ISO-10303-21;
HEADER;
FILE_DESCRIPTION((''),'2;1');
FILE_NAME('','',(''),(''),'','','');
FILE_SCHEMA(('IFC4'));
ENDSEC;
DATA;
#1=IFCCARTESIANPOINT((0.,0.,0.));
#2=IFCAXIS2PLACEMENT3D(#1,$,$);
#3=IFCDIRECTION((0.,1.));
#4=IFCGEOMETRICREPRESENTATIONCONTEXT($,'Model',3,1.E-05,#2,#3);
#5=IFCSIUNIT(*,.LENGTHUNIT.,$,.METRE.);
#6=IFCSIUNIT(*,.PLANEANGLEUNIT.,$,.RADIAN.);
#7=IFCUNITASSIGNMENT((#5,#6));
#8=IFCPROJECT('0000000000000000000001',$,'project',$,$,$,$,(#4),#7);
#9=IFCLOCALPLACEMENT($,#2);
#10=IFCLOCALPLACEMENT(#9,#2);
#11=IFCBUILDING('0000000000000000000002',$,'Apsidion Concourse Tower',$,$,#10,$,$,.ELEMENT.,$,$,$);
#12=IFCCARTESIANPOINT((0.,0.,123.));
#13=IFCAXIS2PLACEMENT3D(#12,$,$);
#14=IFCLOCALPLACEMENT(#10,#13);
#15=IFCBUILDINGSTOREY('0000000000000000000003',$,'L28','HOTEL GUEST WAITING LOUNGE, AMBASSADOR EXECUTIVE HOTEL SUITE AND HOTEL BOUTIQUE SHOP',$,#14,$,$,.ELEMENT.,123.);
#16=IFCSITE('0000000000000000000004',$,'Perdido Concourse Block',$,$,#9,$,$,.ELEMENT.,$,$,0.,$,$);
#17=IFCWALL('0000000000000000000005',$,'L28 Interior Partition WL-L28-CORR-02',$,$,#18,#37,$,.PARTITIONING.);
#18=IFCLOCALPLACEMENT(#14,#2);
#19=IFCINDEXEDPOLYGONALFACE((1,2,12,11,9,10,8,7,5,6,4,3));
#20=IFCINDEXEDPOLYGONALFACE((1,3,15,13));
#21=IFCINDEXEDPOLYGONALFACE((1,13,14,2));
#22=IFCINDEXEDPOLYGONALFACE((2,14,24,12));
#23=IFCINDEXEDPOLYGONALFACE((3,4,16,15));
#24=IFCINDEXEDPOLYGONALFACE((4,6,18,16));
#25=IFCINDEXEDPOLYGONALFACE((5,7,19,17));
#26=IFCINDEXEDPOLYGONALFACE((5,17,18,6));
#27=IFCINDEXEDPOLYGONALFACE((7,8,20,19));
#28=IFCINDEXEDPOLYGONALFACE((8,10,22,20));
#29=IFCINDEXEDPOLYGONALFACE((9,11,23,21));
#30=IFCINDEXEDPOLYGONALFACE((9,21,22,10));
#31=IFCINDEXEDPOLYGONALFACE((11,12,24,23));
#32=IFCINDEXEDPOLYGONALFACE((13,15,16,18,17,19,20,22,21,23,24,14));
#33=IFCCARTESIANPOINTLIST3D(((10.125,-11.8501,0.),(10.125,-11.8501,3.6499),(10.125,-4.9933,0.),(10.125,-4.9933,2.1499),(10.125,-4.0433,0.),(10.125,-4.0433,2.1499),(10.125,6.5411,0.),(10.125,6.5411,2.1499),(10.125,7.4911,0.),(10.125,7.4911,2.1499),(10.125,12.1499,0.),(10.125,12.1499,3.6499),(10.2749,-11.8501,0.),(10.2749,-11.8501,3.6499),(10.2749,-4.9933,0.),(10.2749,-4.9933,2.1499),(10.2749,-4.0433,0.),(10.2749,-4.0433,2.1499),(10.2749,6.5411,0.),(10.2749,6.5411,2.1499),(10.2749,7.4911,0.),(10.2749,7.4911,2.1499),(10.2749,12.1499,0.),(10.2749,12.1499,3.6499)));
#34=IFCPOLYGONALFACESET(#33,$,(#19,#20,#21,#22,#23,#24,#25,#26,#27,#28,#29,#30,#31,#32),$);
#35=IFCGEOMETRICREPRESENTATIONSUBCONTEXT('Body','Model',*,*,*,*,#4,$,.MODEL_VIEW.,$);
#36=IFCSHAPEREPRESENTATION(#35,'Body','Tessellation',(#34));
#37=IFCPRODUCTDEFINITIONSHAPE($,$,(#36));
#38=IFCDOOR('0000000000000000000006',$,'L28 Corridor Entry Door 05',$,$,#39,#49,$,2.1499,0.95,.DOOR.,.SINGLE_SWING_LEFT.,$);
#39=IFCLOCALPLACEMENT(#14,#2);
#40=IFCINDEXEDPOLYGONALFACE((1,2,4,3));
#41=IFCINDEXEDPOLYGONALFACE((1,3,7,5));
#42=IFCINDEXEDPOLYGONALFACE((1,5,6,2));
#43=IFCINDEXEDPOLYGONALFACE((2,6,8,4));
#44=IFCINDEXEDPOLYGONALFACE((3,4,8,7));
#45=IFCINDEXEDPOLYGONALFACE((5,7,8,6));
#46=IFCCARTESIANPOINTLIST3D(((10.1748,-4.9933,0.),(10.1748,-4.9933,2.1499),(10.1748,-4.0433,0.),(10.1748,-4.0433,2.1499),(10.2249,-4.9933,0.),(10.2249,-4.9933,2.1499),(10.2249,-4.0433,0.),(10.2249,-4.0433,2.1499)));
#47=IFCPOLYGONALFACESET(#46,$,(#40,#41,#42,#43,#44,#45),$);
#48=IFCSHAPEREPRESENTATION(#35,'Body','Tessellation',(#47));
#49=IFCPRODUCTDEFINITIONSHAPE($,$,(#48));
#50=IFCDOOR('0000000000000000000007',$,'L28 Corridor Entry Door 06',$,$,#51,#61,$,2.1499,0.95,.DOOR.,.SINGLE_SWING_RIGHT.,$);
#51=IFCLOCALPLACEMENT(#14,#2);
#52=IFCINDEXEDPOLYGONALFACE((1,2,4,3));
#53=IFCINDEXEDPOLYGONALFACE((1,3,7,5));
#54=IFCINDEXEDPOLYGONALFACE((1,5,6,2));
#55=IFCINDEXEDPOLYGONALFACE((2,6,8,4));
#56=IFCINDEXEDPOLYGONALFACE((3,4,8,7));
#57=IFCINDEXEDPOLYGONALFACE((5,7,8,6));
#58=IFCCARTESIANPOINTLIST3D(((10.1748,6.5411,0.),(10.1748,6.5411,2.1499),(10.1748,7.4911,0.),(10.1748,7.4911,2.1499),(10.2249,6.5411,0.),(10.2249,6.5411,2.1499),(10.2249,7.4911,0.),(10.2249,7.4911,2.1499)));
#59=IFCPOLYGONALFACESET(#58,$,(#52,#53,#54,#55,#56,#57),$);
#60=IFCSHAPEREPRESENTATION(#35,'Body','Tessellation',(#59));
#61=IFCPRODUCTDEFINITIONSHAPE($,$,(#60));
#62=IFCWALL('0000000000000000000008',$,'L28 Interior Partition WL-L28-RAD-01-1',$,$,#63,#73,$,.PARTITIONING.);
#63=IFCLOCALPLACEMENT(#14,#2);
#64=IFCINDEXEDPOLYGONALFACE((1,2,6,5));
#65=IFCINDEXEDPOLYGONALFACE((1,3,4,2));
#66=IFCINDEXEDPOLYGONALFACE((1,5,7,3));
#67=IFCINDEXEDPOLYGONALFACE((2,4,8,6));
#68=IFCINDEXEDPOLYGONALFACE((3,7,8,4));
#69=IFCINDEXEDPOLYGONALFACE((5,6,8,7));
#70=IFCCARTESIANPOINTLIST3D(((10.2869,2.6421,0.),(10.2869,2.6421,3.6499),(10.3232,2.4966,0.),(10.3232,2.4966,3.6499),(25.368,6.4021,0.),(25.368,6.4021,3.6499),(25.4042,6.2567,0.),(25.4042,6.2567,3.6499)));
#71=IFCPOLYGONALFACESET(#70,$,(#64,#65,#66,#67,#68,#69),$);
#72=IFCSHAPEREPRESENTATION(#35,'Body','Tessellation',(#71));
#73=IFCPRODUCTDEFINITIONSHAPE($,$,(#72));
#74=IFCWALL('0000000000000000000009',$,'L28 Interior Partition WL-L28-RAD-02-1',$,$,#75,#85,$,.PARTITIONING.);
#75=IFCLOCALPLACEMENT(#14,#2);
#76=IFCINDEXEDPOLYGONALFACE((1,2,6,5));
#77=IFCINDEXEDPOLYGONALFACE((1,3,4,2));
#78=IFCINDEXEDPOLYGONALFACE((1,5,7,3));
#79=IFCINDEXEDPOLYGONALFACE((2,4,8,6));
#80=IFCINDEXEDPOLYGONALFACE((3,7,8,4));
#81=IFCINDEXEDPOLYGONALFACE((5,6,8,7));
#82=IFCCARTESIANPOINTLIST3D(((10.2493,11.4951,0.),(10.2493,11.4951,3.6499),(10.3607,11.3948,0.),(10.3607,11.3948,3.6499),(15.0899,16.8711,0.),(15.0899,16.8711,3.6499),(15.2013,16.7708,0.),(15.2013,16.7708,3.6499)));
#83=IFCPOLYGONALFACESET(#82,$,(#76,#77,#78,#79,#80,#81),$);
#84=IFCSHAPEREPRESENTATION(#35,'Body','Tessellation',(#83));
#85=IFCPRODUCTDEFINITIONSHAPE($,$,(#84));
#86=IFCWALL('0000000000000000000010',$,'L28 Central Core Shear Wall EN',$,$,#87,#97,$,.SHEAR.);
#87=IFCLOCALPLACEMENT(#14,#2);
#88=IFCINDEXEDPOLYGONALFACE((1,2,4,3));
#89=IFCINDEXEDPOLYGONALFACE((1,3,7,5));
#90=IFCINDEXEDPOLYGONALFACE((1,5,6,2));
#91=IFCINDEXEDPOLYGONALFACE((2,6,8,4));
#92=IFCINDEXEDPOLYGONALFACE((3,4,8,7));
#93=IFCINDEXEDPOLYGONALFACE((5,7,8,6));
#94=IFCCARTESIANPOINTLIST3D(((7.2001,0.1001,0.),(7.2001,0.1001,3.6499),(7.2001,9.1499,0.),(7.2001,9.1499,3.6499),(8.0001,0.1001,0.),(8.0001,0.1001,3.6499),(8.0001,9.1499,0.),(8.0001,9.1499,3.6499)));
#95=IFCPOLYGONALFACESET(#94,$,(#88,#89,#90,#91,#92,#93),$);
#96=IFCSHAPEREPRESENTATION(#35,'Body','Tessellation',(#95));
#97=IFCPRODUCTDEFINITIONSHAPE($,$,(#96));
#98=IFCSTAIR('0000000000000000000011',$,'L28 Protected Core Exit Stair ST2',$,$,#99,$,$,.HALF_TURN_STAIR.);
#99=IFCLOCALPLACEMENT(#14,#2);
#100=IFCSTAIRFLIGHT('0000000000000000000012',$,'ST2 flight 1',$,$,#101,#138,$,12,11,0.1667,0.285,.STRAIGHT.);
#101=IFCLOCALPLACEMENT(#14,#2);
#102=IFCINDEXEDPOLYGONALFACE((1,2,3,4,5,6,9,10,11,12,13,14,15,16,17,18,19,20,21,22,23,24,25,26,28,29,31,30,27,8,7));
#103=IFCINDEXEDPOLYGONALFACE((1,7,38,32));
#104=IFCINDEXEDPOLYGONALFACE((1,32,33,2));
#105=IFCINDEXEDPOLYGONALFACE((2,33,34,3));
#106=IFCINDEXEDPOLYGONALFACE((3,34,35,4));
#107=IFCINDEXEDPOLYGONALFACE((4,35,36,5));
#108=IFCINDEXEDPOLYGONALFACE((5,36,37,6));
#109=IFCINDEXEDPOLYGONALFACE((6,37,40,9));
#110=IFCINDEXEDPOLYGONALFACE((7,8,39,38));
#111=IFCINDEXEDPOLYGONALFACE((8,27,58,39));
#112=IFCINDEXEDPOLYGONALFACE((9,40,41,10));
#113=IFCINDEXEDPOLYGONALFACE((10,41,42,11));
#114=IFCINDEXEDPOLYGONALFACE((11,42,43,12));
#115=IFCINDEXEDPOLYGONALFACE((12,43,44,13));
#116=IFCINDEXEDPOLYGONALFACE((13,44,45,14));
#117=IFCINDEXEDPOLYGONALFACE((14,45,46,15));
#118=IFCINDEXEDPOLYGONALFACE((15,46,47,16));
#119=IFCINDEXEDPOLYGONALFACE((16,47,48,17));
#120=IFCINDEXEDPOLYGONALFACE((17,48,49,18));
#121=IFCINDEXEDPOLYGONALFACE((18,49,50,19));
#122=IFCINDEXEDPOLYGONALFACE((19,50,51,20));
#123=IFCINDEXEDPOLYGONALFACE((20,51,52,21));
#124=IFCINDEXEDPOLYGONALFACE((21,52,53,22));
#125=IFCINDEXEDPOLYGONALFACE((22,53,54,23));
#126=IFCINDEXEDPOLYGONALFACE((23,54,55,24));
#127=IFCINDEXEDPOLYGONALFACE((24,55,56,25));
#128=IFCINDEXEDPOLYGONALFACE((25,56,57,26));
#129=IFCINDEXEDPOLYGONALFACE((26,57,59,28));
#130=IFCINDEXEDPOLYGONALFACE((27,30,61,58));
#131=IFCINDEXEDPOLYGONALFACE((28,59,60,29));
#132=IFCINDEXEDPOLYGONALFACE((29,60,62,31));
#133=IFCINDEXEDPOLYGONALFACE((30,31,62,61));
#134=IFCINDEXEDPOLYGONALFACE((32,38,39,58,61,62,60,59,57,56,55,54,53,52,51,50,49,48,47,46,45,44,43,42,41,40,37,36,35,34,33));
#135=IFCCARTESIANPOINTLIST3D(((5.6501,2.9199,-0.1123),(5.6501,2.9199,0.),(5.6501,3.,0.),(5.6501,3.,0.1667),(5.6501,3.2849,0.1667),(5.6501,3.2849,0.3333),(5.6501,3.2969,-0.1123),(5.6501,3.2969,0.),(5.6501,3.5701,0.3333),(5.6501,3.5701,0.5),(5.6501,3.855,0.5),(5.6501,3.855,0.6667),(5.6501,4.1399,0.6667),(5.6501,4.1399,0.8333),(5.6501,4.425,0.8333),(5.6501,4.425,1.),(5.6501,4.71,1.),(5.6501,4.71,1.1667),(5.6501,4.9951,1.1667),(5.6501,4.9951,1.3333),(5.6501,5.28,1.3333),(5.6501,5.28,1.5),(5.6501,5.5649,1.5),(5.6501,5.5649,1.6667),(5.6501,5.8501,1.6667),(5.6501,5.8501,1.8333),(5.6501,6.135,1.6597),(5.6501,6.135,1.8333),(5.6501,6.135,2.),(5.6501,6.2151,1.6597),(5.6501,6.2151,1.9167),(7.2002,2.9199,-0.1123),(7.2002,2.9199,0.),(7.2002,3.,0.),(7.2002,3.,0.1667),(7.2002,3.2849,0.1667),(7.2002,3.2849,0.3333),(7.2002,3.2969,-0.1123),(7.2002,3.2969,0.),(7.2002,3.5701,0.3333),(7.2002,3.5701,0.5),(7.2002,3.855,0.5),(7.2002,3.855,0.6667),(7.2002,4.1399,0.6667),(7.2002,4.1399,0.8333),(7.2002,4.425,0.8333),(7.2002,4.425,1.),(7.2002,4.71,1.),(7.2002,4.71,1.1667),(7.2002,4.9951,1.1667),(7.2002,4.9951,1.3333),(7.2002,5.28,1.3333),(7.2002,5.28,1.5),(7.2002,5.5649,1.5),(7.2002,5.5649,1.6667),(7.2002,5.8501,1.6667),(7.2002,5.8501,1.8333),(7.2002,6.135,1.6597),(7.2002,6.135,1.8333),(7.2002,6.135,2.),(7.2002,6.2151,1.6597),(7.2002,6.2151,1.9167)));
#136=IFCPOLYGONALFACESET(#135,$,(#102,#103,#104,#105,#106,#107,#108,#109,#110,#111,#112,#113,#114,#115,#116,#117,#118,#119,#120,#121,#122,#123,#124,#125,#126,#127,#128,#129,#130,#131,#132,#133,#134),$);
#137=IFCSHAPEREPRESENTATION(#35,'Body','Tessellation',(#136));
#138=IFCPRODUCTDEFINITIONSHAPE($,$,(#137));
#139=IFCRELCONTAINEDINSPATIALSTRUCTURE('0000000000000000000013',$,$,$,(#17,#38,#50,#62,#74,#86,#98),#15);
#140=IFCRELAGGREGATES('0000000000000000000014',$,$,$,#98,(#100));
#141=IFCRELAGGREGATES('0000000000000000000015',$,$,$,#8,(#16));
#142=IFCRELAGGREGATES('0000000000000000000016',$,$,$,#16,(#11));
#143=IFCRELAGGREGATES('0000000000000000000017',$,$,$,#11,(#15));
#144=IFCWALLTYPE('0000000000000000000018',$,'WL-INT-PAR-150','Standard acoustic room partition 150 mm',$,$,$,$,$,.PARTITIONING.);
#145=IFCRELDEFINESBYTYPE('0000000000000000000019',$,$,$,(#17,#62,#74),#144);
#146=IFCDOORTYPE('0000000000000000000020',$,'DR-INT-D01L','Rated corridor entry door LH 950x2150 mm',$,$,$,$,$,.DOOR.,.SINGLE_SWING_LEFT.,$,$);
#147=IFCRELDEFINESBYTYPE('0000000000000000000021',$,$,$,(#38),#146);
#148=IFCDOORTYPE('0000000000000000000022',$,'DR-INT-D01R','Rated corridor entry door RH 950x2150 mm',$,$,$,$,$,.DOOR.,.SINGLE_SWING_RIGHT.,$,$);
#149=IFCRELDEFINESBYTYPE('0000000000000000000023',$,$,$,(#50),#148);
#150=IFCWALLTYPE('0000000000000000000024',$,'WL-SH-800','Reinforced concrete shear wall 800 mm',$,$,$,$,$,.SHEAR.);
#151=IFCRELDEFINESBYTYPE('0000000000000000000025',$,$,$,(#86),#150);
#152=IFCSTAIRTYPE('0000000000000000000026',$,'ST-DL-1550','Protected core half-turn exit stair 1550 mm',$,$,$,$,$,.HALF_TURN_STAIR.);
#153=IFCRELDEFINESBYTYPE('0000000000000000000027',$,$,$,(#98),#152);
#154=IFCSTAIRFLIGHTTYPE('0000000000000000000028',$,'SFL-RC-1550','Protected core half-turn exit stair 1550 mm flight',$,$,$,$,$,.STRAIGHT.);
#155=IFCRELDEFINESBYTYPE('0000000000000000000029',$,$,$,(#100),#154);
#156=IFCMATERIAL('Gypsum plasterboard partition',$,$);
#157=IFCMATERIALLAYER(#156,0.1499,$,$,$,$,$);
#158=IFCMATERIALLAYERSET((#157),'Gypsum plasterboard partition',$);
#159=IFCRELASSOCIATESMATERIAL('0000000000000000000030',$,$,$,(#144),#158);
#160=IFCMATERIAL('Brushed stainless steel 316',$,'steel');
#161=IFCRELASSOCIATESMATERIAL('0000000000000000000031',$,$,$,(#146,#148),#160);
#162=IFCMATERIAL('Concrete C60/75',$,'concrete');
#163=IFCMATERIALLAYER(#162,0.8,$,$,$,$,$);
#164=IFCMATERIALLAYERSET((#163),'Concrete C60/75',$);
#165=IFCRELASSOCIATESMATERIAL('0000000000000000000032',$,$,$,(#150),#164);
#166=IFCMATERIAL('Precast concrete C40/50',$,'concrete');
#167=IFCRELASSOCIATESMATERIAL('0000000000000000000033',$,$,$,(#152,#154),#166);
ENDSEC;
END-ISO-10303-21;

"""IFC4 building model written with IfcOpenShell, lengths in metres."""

from ifc_helpers import new_model, si_unit, direction, frame, frame_2d, origin, place, context, subcontext, project, spatial, polyline, rectangle, outline, extrude, material, layer, layer_set, type_object, element, fill, aggregate, save


model = new_model("IFC4")

# Units and contexts
model_context = context("Model", 3, precision=1e-05, world=origin(), true_north=direction((0.0, 1.0)))
body_context = subcontext(model_context, "Body", "Model", "MODEL_VIEW")
ifc_project = project(units=[si_unit("LENGTHUNIT", "METRE"), si_unit("PLANEANGLEUNIT", "RADIAN")], contexts=[model_context])

# Site, building, storey
site_placement = place(None, origin())
site = spatial("IfcSite", under=ifc_project, at=site_placement, Name="Perdido Concourse Block", CompositionType="ELEMENT", RefElevation=0.0)
building_placement = place(site_placement, origin())
building = spatial("IfcBuilding", under=site, at=building_placement, Name="Apsidion Concourse Tower", CompositionType="ELEMENT")
storey_placement = place(building_placement, frame((0.0, 0.0, 123.0)))
storey = spatial("IfcBuildingStorey", under=building, at=storey_placement, Name="L28", Description="HOTEL GUEST WAITING LOUNGE, AMBASSADOR EXECUTIVE HOTEL SUITE AND HOTEL BOUTIQUE SHOP", CompositionType="ELEMENT", Elevation=123.0)

# Shared definitions
ifc_material_1 = material(Name="Concrete C60/75", Category="concrete")

# Shared definitions
ifc_material_2 = material(Name="Gypsum plasterboard partition")

# Wall, openings, doors
ifc_layer_1 = layer(ifc_material_2, 0.1499)
ifc_layer_set_1 = layer_set([ifc_layer_1], Name="Gypsum plasterboard partition")
wall_type_1 = type_object("IfcWallType", Name="WL-INT-PAR-150", Description="Standard acoustic room partition 150 mm", PredefinedType="PARTITIONING", material=ifc_layer_set_1)
wall_1_placement = place(storey_placement, frame((10.2, 12.1499, 0.0), z_axis=(0.0, 0.0, 1.0), x_axis=(0.0, -1.0, 0.0)))
wall_1 = element("IfcWall", 1, at=wall_1_placement, inside=storey, type_object=wall_type_1, Name="L28 Interior Partition WL-L28-CORR-02", PredefinedType="PARTITIONING", context=body_context, shape_type="SweptSolid", body=[
    extrude(rectangle(XDim=24.0, YDim=0.1499, at=frame_2d((12.0, 0.0))), origin(), (0.0, 0.0, 1.0), 3.6499),
])
opening_1_placement = place(wall_1_placement, frame((16.1931, 0.0, 0.0)))
opening_1 = element("IfcOpeningElement", 2, at=opening_1_placement, cuts=wall_1, PredefinedType="OPENING", context=body_context, shape_type="SweptSolid", body=[
    extrude(rectangle(XDim=0.95, YDim=2.1499, at=frame_2d((0.4751, 1.075))), frame((0.0, 0.085, 0.0), z_axis=(0.0, -1.0, 0.0), x_axis=(1.0, 0.0, 0.0)), (0.0, 0.0, 1.0), 0.1699),
])
opening_2_placement = place(wall_1_placement, frame((4.6587, 0.0, 0.0)))
opening_2 = element("IfcOpeningElement", 3, at=opening_2_placement, cuts=wall_1, PredefinedType="OPENING", context=body_context, shape_type="SweptSolid", body=[
    extrude(rectangle(XDim=0.95, YDim=2.1499, at=frame_2d((0.4751, 1.075))), frame((0.0, 0.085, 0.0), z_axis=(0.0, -1.0, 0.0), x_axis=(1.0, 0.0, 0.0)), (0.0, 0.0, 1.0), 0.1699),
])
ifc_material_3 = material(Name="Brushed stainless steel 316", Category="steel")
door_type_1 = type_object("IfcDoorType", Name="DR-INT-D01L", Description="Rated corridor entry door LH 950x2150 mm", OperationType="SINGLE_SWING_LEFT", PredefinedType="DOOR", material=ifc_material_3)
door_1_placement = place(opening_1_placement, origin())
door_1 = element("IfcDoor", 4, at=door_1_placement, inside=storey, type_object=door_type_1, Name="L28 Corridor Entry Door 05", OperationType="SINGLE_SWING_LEFT", OverallHeight=2.1499, OverallWidth=0.95, PredefinedType="DOOR", context=body_context, shape_type="SweptSolid", body=[
    extrude(rectangle(XDim=0.95, YDim=2.1499, at=frame_2d((0.4751, 1.075))), frame((0.0, 0.0249, 0.0), z_axis=(0.0, -1.0, 0.0), x_axis=(1.0, 0.0, 0.0)), (0.0, 0.0, 1.0), 0.05),
])
fill(opening_1, door_1)
door_type_2 = type_object("IfcDoorType", Name="DR-INT-D01R", Description="Rated corridor entry door RH 950x2150 mm", OperationType="SINGLE_SWING_RIGHT", PredefinedType="DOOR", material=ifc_material_3)
door_2_placement = place(opening_2_placement, origin())
door_2 = element("IfcDoor", 5, at=door_2_placement, inside=storey, type_object=door_type_2, Name="L28 Corridor Entry Door 06", OperationType="SINGLE_SWING_RIGHT", OverallHeight=2.1499, OverallWidth=0.95, PredefinedType="DOOR", context=body_context, shape_type="SweptSolid", body=[
    extrude(rectangle(XDim=0.95, YDim=2.1499, at=frame_2d((0.4751, 1.075))), frame((0.0, 0.0249, 0.0), z_axis=(0.0, -1.0, 0.0), x_axis=(1.0, 0.0, 0.0)), (0.0, 0.0, 1.0), 0.05),
])
fill(opening_2, door_2)

# Walls
wall_2_placement = place(storey_placement, frame((10.3049, 2.5693, 0.0), z_axis=(0.0, 0.0, 1.0), x_axis=(0.970298, 0.241915, 0.0)))
element("IfcWall", 6, at=wall_2_placement, inside=storey, type_object=wall_type_1, Name="L28 Interior Partition WL-L28-RAD-01-1", PredefinedType="PARTITIONING", context=body_context, shape_type="SweptSolid", body=[
    extrude(rectangle(XDim=15.5427, YDim=0.1499, at=frame_2d((7.7715, 0.0))), origin(), (0.0, 0.0, 1.0), 3.6499),
])
wall_3_placement = place(storey_placement, frame((10.3049, 11.4448, 0.0), z_axis=(0.0, 0.0, 1.0), x_axis=(0.669133, 0.743143, 0.0)))
element("IfcWall", 7, at=wall_3_placement, inside=storey, type_object=wall_type_1, Name="L28 Interior Partition WL-L28-RAD-02-1", PredefinedType="PARTITIONING", context=body_context, shape_type="SweptSolid", body=[
    extrude(rectangle(XDim=7.2341, YDim=0.1499, at=frame_2d((3.6172, 0.0))), origin(), (0.0, 0.0, 1.0), 3.6499),
])
ifc_layer_2 = layer(ifc_material_1, 0.8)
ifc_layer_set_2 = layer_set([ifc_layer_2], Name="Concrete C60/75")
wall_type_2 = type_object("IfcWallType", Name="WL-SH-800", Description="Reinforced concrete shear wall 800 mm", PredefinedType="SHEAR", material=ifc_layer_set_2)
wall_4_placement = place(storey_placement, frame((7.6001, 0.1001, 0.0), z_axis=(0.0, 0.0, 1.0), x_axis=(0.0, 1.0, 0.0)))
element("IfcWall", 8, at=wall_4_placement, inside=storey, type_object=wall_type_2, Name="L28 Central Core Shear Wall EN", PredefinedType="SHEAR", context=body_context, shape_type="SweptSolid", body=[
    extrude(rectangle(XDim=9.0498, YDim=0.8, at=frame_2d((4.5249, 0.0))), origin(), (0.0, 0.0, 1.0), 3.6499),
])

# Stair, stair flight
ifc_material_4 = material(Name="Precast concrete C40/50", Category="concrete")
stair_type = type_object("IfcStairType", Name="ST-DL-1550", Description="Protected core half-turn exit stair 1550 mm", PredefinedType="HALF_TURN_STAIR", material=ifc_material_4)
stair_placement = place(storey_placement, origin())
stair = element("IfcStair", 9, at=stair_placement, inside=storey, type_object=stair_type, Name="L28 Protected Core Exit Stair ST2", PredefinedType="HALF_TURN_STAIR")
stair_flight_type = type_object("IfcStairFlightType", Name="SFL-RC-1550", Description="Protected core half-turn exit stair 1550 mm flight", PredefinedType="STRAIGHT", material=ifc_material_4)
stair_flight_placement = place(storey_placement, frame((6.425, 3.0, 0.0), z_axis=(0.0, 0.0, 1.0), x_axis=(0.0, 1.0, 0.0)))
stair_flight = element("IfcStairFlight", 10, at=stair_flight_placement, type_object=stair_flight_type, Name="ST2 flight 1", NumberOfRisers=12, NumberOfTreads=11, PredefinedType="STRAIGHT", RiserHeight=0.1667, TreadLength=0.285, context=body_context, shape_type="SweptSolid", body=[
    extrude(outline(polyline([(-0.0801, -0.1123), (-0.0801, 0.0), (0.0, 0.0), (0.0, 0.1667), (0.2849, 0.1667), (0.2849, 0.3333), (0.5701, 0.3333), (0.5701, 0.5), (0.855, 0.5), (0.855, 0.6667), (1.1399, 0.6667), (1.1399, 0.8333), (1.425, 0.8333), (1.425, 1.0), (1.71, 1.0), (1.71, 1.1667), (1.9951, 1.1667), (1.9951, 1.3333), (2.28, 1.3333), (2.28, 1.5), (2.5649, 1.5), (2.5649, 1.6667), (2.8501, 1.6667), (2.8501, 1.8333), (3.135, 1.8333), (3.135, 2.0), (3.2151, 1.9167), (3.2151, 1.6597), (3.135, 1.6597), (0.2969, 0.0), (0.2969, -0.1123), (-0.0801, -0.1123)])), frame((0.0, 0.7749, 0.0), z_axis=(0.0, -1.0, 0.0), x_axis=(1.0, 0.0, 0.0)), (0.0, 0.0, 1.0), 1.55),
])
aggregate(stair, [stair_flight])

save(model, "model.ifc")
